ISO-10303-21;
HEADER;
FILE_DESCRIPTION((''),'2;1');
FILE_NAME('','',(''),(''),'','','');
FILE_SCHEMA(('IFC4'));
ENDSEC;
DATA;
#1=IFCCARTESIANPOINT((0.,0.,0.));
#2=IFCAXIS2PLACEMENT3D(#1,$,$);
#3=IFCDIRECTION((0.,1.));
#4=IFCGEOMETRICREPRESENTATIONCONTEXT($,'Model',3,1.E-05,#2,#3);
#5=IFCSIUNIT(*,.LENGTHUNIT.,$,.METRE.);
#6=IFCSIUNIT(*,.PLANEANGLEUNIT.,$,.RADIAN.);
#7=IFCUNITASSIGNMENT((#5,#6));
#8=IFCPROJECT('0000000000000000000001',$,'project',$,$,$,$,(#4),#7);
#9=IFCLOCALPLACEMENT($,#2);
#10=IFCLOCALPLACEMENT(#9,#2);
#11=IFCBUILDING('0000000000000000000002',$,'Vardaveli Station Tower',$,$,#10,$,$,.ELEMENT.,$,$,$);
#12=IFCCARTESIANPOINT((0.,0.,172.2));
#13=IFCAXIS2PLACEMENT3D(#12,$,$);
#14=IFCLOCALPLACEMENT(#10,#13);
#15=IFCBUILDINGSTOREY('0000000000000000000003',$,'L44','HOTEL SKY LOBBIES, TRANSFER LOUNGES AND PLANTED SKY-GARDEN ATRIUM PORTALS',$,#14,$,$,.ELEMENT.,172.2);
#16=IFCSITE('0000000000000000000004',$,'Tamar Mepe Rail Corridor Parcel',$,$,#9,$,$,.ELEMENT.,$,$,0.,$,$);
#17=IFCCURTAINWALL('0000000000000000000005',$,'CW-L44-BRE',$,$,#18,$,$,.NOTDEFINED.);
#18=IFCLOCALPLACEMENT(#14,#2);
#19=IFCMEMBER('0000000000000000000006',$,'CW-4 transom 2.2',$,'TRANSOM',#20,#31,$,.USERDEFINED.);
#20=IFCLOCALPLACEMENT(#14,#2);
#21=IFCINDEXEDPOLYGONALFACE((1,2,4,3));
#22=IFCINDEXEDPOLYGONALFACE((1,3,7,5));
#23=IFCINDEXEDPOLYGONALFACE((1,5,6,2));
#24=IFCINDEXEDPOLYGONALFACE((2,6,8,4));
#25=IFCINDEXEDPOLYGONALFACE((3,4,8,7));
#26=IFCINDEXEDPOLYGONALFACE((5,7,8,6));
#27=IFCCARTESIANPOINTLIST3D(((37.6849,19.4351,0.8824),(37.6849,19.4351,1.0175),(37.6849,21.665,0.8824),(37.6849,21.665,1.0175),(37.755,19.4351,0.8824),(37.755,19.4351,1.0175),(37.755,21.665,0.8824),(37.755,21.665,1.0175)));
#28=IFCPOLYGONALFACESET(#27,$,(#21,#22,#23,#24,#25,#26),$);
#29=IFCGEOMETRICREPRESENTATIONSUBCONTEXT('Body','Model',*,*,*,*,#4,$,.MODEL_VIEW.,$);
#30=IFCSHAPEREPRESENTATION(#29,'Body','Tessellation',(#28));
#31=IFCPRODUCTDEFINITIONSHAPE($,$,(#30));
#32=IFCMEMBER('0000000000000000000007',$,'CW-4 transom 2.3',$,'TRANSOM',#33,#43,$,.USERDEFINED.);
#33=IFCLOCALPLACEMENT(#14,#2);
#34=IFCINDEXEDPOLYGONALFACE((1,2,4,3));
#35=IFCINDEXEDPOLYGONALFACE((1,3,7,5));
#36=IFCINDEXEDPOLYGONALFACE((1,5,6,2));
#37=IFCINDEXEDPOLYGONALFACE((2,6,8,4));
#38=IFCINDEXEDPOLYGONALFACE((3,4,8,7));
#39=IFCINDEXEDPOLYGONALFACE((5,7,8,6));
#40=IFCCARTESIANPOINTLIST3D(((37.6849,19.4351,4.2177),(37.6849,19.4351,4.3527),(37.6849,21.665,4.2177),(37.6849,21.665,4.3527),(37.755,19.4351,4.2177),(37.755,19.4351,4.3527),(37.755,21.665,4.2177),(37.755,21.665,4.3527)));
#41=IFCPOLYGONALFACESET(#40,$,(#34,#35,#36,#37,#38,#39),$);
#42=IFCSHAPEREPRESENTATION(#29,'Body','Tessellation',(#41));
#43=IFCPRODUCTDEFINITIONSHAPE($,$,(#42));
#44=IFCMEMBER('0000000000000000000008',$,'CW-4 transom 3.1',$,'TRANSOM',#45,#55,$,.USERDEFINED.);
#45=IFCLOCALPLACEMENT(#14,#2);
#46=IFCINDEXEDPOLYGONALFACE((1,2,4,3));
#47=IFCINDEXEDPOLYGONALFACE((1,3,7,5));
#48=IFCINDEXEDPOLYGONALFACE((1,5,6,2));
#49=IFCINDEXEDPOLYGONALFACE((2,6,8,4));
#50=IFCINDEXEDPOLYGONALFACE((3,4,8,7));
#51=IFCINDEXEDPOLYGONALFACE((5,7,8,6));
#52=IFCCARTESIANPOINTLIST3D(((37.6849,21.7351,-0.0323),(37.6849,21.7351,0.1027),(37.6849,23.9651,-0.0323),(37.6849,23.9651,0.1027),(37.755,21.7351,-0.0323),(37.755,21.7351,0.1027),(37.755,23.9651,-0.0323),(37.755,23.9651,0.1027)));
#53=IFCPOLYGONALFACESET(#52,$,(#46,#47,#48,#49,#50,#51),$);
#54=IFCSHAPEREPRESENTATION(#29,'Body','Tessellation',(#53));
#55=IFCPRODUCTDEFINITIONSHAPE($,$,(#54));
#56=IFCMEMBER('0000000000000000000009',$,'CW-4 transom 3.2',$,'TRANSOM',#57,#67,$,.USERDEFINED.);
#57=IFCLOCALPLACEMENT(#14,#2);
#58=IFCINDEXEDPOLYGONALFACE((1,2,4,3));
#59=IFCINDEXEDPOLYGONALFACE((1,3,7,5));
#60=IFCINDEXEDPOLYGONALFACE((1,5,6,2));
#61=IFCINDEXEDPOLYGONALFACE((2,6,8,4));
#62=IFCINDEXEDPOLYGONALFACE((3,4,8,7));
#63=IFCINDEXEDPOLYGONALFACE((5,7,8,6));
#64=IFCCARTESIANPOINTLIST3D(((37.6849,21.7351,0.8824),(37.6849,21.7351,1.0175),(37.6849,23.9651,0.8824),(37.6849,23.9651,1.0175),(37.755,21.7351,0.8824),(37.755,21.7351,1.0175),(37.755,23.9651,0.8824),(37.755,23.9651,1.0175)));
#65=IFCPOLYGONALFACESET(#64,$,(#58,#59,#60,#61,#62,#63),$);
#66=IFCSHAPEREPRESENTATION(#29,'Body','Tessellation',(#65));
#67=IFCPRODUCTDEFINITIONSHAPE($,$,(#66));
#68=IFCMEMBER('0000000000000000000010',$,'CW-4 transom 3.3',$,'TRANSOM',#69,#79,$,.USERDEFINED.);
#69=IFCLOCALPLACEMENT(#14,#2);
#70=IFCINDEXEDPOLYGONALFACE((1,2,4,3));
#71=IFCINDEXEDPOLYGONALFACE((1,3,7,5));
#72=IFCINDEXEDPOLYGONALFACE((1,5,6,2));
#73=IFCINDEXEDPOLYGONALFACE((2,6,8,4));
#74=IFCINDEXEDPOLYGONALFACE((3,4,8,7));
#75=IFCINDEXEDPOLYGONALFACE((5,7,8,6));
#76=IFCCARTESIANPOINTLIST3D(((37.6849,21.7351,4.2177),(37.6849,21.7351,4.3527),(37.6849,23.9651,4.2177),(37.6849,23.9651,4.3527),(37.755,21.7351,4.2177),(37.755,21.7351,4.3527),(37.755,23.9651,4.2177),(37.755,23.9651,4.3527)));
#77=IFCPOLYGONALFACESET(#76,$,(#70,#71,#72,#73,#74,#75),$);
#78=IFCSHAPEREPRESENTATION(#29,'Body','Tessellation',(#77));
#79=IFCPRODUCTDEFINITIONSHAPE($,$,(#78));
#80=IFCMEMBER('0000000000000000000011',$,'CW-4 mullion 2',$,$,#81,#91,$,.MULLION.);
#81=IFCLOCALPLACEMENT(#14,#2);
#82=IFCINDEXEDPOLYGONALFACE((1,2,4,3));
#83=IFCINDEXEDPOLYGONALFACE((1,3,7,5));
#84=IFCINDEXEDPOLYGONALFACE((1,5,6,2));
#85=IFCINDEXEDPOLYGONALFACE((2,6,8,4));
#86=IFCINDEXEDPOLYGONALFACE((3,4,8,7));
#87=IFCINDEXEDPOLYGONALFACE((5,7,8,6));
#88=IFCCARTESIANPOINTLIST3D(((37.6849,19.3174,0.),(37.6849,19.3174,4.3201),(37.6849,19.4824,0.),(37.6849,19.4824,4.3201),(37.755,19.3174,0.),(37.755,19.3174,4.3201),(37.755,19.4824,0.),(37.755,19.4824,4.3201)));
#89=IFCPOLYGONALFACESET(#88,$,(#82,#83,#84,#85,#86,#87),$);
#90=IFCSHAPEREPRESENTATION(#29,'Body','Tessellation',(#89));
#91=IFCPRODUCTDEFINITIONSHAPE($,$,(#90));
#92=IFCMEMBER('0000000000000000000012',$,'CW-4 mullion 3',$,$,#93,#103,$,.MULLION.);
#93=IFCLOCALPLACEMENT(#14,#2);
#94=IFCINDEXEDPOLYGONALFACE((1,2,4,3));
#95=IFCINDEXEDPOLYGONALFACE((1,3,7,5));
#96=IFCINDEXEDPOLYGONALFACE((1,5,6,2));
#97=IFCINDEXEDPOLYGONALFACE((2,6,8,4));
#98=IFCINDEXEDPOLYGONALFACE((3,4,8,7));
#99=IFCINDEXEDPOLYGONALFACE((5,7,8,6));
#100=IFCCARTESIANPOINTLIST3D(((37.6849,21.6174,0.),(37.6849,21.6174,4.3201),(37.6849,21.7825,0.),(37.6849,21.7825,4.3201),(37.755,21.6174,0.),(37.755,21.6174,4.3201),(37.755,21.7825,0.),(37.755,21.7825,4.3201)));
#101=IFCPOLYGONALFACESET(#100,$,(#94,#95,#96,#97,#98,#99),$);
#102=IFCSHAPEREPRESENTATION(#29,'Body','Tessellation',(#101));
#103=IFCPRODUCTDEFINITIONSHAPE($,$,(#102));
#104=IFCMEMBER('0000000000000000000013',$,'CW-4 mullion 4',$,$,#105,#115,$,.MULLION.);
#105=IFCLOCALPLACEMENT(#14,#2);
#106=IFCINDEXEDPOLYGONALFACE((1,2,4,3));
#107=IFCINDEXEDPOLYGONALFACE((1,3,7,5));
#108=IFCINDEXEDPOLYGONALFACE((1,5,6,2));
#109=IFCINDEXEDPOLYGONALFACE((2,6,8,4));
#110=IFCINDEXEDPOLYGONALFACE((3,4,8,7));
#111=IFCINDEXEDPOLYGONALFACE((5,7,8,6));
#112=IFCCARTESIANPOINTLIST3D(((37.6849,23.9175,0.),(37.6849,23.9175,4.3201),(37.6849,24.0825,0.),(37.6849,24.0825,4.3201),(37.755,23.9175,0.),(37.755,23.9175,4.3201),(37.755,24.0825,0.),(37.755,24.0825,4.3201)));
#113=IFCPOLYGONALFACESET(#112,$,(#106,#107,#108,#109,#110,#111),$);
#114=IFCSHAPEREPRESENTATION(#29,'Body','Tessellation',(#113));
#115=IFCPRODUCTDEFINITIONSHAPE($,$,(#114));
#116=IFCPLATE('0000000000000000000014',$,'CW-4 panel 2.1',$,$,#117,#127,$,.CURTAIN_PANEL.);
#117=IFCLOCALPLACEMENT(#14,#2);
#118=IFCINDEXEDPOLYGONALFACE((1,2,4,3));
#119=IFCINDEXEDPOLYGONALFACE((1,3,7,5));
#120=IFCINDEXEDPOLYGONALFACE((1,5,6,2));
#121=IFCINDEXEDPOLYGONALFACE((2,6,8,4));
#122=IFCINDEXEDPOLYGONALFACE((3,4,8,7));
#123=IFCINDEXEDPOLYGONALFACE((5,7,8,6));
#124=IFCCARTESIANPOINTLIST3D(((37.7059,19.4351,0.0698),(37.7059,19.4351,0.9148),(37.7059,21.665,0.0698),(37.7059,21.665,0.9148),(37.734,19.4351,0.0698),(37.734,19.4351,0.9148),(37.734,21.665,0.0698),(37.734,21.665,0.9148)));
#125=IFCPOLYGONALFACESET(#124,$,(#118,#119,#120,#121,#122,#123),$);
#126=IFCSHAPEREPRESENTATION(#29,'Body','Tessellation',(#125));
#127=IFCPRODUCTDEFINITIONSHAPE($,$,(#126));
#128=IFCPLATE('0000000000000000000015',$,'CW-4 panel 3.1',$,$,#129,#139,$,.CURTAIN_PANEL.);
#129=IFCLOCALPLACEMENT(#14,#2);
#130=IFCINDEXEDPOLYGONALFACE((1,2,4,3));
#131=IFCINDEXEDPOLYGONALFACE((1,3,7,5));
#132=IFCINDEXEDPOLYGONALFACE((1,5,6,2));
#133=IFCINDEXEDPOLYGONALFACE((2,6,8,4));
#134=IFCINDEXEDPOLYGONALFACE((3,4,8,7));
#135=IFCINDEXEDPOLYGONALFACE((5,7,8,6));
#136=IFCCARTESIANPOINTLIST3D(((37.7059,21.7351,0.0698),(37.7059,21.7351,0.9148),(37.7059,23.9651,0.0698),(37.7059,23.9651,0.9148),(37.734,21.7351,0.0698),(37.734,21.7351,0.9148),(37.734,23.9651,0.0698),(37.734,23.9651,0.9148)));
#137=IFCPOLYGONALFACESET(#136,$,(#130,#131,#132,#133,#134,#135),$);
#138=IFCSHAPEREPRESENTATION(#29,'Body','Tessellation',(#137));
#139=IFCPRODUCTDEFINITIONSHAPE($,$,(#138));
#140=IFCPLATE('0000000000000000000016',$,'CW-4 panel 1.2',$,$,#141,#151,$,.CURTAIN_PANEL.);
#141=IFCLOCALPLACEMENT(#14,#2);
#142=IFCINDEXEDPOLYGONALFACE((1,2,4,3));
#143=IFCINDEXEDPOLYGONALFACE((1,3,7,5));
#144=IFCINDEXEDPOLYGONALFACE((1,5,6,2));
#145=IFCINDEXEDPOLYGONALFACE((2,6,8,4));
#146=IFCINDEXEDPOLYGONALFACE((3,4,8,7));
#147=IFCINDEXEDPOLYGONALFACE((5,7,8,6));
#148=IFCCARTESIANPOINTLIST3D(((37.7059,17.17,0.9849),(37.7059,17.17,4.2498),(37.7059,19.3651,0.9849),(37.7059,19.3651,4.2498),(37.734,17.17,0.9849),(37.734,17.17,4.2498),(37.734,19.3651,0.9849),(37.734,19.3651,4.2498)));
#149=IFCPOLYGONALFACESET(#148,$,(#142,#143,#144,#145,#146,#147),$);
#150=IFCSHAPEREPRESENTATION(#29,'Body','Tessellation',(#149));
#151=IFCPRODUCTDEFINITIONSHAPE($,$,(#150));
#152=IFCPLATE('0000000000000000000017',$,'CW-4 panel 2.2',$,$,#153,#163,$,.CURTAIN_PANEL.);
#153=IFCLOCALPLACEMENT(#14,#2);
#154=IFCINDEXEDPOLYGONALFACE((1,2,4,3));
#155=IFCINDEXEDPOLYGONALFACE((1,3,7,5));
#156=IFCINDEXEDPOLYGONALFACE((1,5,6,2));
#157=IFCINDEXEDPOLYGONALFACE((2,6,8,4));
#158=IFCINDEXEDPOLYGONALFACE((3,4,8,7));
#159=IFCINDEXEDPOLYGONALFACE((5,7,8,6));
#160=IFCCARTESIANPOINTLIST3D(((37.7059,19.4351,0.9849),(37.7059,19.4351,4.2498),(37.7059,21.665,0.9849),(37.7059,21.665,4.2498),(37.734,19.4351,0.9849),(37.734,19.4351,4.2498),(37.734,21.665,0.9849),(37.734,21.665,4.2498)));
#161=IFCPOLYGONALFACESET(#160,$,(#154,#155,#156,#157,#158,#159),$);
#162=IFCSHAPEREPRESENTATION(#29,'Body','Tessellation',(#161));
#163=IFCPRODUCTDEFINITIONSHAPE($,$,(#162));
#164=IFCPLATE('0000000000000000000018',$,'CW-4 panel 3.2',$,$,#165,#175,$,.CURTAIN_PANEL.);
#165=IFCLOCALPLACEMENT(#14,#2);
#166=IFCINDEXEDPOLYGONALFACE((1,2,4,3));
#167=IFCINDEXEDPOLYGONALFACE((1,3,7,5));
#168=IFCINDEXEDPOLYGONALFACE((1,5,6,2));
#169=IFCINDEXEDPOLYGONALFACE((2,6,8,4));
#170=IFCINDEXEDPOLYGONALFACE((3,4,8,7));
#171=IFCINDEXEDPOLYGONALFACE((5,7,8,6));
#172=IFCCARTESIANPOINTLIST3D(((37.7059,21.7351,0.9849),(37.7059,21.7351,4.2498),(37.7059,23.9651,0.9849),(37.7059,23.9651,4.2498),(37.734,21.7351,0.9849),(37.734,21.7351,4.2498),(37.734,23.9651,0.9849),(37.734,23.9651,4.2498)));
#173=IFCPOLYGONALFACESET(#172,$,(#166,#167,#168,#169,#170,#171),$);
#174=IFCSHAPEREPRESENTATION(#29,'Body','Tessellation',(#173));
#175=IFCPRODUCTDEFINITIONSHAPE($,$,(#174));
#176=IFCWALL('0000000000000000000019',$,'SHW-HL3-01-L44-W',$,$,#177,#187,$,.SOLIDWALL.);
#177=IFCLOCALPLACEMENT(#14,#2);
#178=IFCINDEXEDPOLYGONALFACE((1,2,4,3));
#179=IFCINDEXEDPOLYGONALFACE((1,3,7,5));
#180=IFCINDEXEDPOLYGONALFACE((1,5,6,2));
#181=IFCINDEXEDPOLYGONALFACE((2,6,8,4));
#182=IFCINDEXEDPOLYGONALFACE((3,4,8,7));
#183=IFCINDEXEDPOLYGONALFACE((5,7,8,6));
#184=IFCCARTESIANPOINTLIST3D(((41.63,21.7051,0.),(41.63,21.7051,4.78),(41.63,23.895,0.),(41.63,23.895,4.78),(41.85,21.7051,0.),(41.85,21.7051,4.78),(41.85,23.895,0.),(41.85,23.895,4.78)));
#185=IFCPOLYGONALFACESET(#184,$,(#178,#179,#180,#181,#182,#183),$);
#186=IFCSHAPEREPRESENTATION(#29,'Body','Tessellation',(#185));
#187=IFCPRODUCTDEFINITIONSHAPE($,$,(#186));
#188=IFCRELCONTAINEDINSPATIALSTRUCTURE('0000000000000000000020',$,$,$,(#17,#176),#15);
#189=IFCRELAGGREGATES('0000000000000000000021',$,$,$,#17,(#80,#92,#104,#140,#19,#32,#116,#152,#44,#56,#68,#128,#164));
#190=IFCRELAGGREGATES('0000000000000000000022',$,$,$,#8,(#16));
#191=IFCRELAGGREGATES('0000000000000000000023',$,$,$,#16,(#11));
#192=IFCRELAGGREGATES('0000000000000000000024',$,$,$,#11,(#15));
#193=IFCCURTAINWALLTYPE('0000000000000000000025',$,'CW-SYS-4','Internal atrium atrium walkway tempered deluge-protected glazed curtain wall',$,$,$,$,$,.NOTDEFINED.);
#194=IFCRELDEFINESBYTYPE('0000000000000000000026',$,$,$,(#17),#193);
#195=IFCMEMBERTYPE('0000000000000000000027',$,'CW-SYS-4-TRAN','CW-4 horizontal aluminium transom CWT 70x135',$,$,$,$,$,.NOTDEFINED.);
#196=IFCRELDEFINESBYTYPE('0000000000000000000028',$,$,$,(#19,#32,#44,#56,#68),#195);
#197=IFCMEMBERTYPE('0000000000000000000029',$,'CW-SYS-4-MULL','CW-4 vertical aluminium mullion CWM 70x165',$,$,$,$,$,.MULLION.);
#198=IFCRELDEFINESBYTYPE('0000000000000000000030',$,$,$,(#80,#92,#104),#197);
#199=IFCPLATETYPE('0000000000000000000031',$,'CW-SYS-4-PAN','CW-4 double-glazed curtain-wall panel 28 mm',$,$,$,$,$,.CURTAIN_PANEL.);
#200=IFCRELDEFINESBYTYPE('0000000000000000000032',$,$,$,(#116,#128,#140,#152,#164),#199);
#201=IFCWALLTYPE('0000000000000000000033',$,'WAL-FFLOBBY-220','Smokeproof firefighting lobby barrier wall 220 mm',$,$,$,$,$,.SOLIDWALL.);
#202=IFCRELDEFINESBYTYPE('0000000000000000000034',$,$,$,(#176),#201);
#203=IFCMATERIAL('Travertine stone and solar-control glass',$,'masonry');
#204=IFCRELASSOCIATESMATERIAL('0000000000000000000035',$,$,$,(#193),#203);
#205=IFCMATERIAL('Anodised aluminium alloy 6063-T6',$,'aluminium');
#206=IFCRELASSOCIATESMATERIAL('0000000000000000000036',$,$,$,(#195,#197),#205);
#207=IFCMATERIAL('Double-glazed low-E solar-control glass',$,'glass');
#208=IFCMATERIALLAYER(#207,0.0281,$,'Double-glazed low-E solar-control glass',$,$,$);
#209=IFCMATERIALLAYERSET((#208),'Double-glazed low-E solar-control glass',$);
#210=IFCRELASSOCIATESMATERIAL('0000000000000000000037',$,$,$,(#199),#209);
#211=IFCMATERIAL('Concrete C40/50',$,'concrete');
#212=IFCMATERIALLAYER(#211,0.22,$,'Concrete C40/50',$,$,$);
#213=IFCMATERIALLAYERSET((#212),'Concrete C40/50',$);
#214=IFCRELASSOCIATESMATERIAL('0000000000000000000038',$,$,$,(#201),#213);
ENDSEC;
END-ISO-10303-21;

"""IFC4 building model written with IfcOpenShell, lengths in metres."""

from ifc_helpers import new_model, si_unit, direction, frame, frame_2d, origin, origin_2d, place, context, subcontext, project, spatial, rectangle, extrude, source, transform, mapped, material, layer, layer_set, material_profile, profile_set, type_object, element, aggregate, save


model = new_model("IFC4")

# Units and contexts
model_context = context("Model", 3, precision=1e-05, world=origin(), true_north=direction((0.0, 1.0)))
body_context = subcontext(model_context, "Body", "Model", "MODEL_VIEW")
ifc_project = project(units=[si_unit("LENGTHUNIT", "METRE"), si_unit("PLANEANGLEUNIT", "RADIAN")], contexts=[model_context])

# Site, building, storey
site_placement = place(None, origin())
site = spatial("IfcSite", under=ifc_project, at=site_placement, Name="Tamar Mepe Rail Corridor Parcel", CompositionType="ELEMENT", RefElevation=0.0)
building_placement = place(site_placement, origin())
building = spatial("IfcBuilding", under=site, at=building_placement, Name="Vardaveli Station Tower", CompositionType="ELEMENT")
storey_placement = place(building_placement, frame((0.0, 0.0, 172.2)))
storey = spatial("IfcBuildingStorey", under=building, at=storey_placement, Name="L44", Description="HOTEL SKY LOBBIES, TRANSFER LOUNGES AND PLANTED SKY-GARDEN ATRIUM PORTALS", CompositionType="ELEMENT", Elevation=172.2)

# Curtain wall, members, plates
ifc_material_1 = material(Name="Travertine stone and solar-control glass", Category="masonry")
curtain_wall_type = type_object("IfcCurtainWallType", Name="CW-SYS-4", Description="Internal atrium atrium walkway tempered deluge-protected glazed curtain wall", PredefinedType="NOTDEFINED", material=ifc_material_1)
curtain_wall_placement = place(storey_placement, origin())
curtain_wall = element("IfcCurtainWall", 1, at=curtain_wall_placement, inside=storey, type_object=curtain_wall_type, Name="CW-L44-BRE", PredefinedType="NOTDEFINED")
ifc_material_2 = material(Name="Anodised aluminium alloy 6063-T6", Category="aluminium")
ifc_material_profile_1 = material_profile(ifc_material_2, rectangle(XDim=0.0701, YDim=0.135, at=origin_2d()), Name="CWT 70x135")
ifc_profile_set_1 = profile_set([ifc_material_profile_1], Name="Anodised aluminium alloy 6063-T6")
member_type_1 = type_object("IfcMemberType", Name="CW-SYS-4-TRAN", Description="CW-4 horizontal aluminium transom CWT 70x135", PredefinedType="NOTDEFINED", material=ifc_profile_set_1)
shared_shape_1 = source(origin(), body_context, "Body", "SweptSolid", [
    extrude(rectangle(XDim=0.0701, YDim=0.135, at=origin_2d()), origin(), (0.0, 0.0, 1.0), 2.23),
])
member_1_placement = place(storey_placement, frame((37.72, 19.4351, 0.95), z_axis=(0.0, 1.0, 0.0), x_axis=(-1.0, 0.0, 0.0)))
member_1 = element("IfcMember", 2, at=member_1_placement, type_object=member_type_1, Name="CW-4 transom 2.2", ObjectType="TRANSOM", PredefinedType="USERDEFINED", context=body_context, shape_type="MappedRepresentation", body=[
    mapped(shared_shape_1, transform((0.0, 0.0, 0.0), scale=1.0)),
])
member_2_placement = place(storey_placement, frame((37.72, 19.4351, 4.2852), z_axis=(0.0, 1.0, 0.0), x_axis=(-1.0, 0.0, 0.0)))
member_2 = element("IfcMember", 3, at=member_2_placement, type_object=member_type_1, Name="CW-4 transom 2.3", ObjectType="TRANSOM", PredefinedType="USERDEFINED", context=body_context, shape_type="MappedRepresentation", body=[
    mapped(shared_shape_1, transform((0.0, 0.0, 0.0), scale=1.0)),
])
member_3_placement = place(storey_placement, frame((37.72, 21.7351, 0.0352), z_axis=(0.0, 1.0, 0.0), x_axis=(-1.0, 0.0, 0.0)))
member_3 = element("IfcMember", 4, at=member_3_placement, type_object=member_type_1, Name="CW-4 transom 3.1", ObjectType="TRANSOM", PredefinedType="USERDEFINED", context=body_context, shape_type="MappedRepresentation", body=[
    mapped(shared_shape_1, transform((0.0, 0.0, 0.0), scale=1.0)),
])
member_4_placement = place(storey_placement, frame((37.72, 21.7351, 0.95), z_axis=(0.0, 1.0, 0.0), x_axis=(-1.0, 0.0, 0.0)))
member_4 = element("IfcMember", 5, at=member_4_placement, type_object=member_type_1, Name="CW-4 transom 3.2", ObjectType="TRANSOM", PredefinedType="USERDEFINED", context=body_context, shape_type="MappedRepresentation", body=[
    mapped(shared_shape_1, transform((0.0, 0.0, 0.0), scale=1.0)),
])
member_5_placement = place(storey_placement, frame((37.72, 21.7351, 4.2852), z_axis=(0.0, 1.0, 0.0), x_axis=(-1.0, 0.0, 0.0)))
member_5 = element("IfcMember", 6, at=member_5_placement, type_object=member_type_1, Name="CW-4 transom 3.3", ObjectType="TRANSOM", PredefinedType="USERDEFINED", context=body_context, shape_type="MappedRepresentation", body=[
    mapped(shared_shape_1, transform((0.0, 0.0, 0.0), scale=1.0)),
])
ifc_material_profile_2 = material_profile(ifc_material_2, rectangle(XDim=0.0701, YDim=0.165, at=origin_2d()), Name="CWM 70x165")
ifc_profile_set_2 = profile_set([ifc_material_profile_2], Name="Anodised aluminium alloy 6063-T6")
member_type_2 = type_object("IfcMemberType", Name="CW-SYS-4-MULL", Description="CW-4 vertical aluminium mullion CWM 70x165", PredefinedType="MULLION", material=ifc_profile_set_2)
shared_shape_2 = source(origin(), body_context, "Body", "SweptSolid", [
    extrude(rectangle(XDim=0.0701, YDim=0.165, at=origin_2d()), origin(), (0.0, 0.0, 1.0), 4.3201),
])
member_6_placement = place(storey_placement, frame((37.72, 19.3999, 0.0), z_axis=(0.0, 0.0, 1.0), x_axis=(-1.0, 0.0, 0.0)))
member_6 = element("IfcMember", 7, at=member_6_placement, type_object=member_type_2, Name="CW-4 mullion 2", PredefinedType="MULLION", context=body_context, shape_type="MappedRepresentation", body=[
    mapped(shared_shape_2, transform((0.0, 0.0, 0.0), scale=1.0)),
])
member_7_placement = place(storey_placement, frame((37.72, 21.7, 0.0), z_axis=(0.0, 0.0, 1.0), x_axis=(-1.0, 0.0, 0.0)))
member_7 = element("IfcMember", 8, at=member_7_placement, type_object=member_type_2, Name="CW-4 mullion 3", PredefinedType="MULLION", context=body_context, shape_type="MappedRepresentation", body=[
    mapped(shared_shape_2, transform((0.0, 0.0, 0.0), scale=1.0)),
])
member_8_placement = place(storey_placement, frame((37.72, 24.0, 0.0), z_axis=(0.0, 0.0, 1.0), x_axis=(-1.0, 0.0, 0.0)))
member_8 = element("IfcMember", 9, at=member_8_placement, type_object=member_type_2, Name="CW-4 mullion 4", PredefinedType="MULLION", context=body_context, shape_type="MappedRepresentation", body=[
    mapped(shared_shape_2, transform((0.0, 0.0, 0.0), scale=1.0)),
])
ifc_material_3 = material(Name="Double-glazed low-E solar-control glass", Category="glass")
ifc_layer_1 = layer(ifc_material_3, 0.0281, Name="Double-glazed low-E solar-control glass")
ifc_layer_set_1 = layer_set([ifc_layer_1], Name="Double-glazed low-E solar-control glass")
plate_type = type_object("IfcPlateType", Name="CW-SYS-4-PAN", Description="CW-4 double-glazed curtain-wall panel 28 mm", PredefinedType="CURTAIN_PANEL", material=ifc_layer_set_1)
shared_shape_3 = source(origin(), body_context, "Body", "SweptSolid", [
    extrude(rectangle(XDim=2.23, YDim=0.0281, at=origin_2d()), origin(), (0.0, 0.0, 1.0), 0.845),
])
plate_1_placement = place(storey_placement, frame((37.72, 20.55, 0.0698), z_axis=(0.0, 0.0, 1.0), x_axis=(0.0, 1.0, 0.0)))
plate_1 = element("IfcPlate", 10, at=plate_1_placement, type_object=plate_type, Name="CW-4 panel 2.1", PredefinedType="CURTAIN_PANEL", context=body_context, shape_type="MappedRepresentation", body=[
    mapped(shared_shape_3, transform((0.0, 0.0, 0.0), scale=1.0)),
])
plate_2_placement = place(storey_placement, frame((37.72, 22.8501, 0.0698), z_axis=(0.0, 0.0, 1.0), x_axis=(0.0, 1.0, 0.0)))
plate_2 = element("IfcPlate", 11, at=plate_2_placement, type_object=plate_type, Name="CW-4 panel 3.1", PredefinedType="CURTAIN_PANEL", context=body_context, shape_type="MappedRepresentation", body=[
    mapped(shared_shape_3, transform((0.0, 0.0, 0.0), scale=1.0)),
])
shared_shape_4 = source(origin(), body_context, "Body", "SweptSolid", [
    extrude(rectangle(XDim=2.1951, YDim=0.0281, at=origin_2d()), origin(), (0.0, 0.0, 1.0), 3.2649),
])
plate_3_placement = place(storey_placement, frame((37.72, 18.2676, 0.9849), z_axis=(0.0, 0.0, 1.0), x_axis=(0.0, 1.0, 0.0)))
plate_3 = element("IfcPlate", 12, at=plate_3_placement, type_object=plate_type, Name="CW-4 panel 1.2", PredefinedType="CURTAIN_PANEL", context=body_context, shape_type="MappedRepresentation", body=[
    mapped(shared_shape_4, transform((0.0, 0.0, 0.0), scale=1.0)),
])
shared_shape_5 = source(origin(), body_context, "Body", "SweptSolid", [
    extrude(rectangle(XDim=2.23, YDim=0.0281, at=origin_2d()), origin(), (0.0, 0.0, 1.0), 3.2649),
])
plate_4_placement = place(storey_placement, frame((37.72, 20.55, 0.9849), z_axis=(0.0, 0.0, 1.0), x_axis=(0.0, 1.0, 0.0)))
plate_4 = element("IfcPlate", 13, at=plate_4_placement, type_object=plate_type, Name="CW-4 panel 2.2", PredefinedType="CURTAIN_PANEL", context=body_context, shape_type="MappedRepresentation", body=[
    mapped(shared_shape_5, transform((0.0, 0.0, 0.0), scale=1.0)),
])
plate_5_placement = place(storey_placement, frame((37.72, 22.8501, 0.9849), z_axis=(0.0, 0.0, 1.0), x_axis=(0.0, 1.0, 0.0)))
plate_5 = element("IfcPlate", 14, at=plate_5_placement, type_object=plate_type, Name="CW-4 panel 3.2", PredefinedType="CURTAIN_PANEL", context=body_context, shape_type="MappedRepresentation", body=[
    mapped(shared_shape_5, transform((0.0, 0.0, 0.0), scale=1.0)),
])
aggregate(curtain_wall, [member_6, member_7, member_8, plate_3, member_1, member_2, plate_1, plate_4, member_3, member_4, member_5, plate_2, plate_5])

# Wall
ifc_material_4 = material(Name="Concrete C40/50", Category="concrete")
ifc_layer_2 = layer(ifc_material_4, 0.22, Name="Concrete C40/50")
ifc_layer_set_2 = layer_set([ifc_layer_2], Name="Concrete C40/50")
wall_type_1 = type_object("IfcWallType", Name="WAL-FFLOBBY-220", Description="Smokeproof firefighting lobby barrier wall 220 mm", PredefinedType="SOLIDWALL", material=ifc_layer_set_2)
shared_shape_6 = source(origin(), body_context, "Body", "SweptSolid", [
    extrude(rectangle(XDim=2.1899, YDim=0.22, at=frame_2d((1.095, 0.0))), origin(), (0.0, 0.0, 1.0), 4.78),
])
for number, where, z_axis, x_axis, name in (
    (15, (41.74, 21.7051, 0.0), (0.0, 0.0, 1.0), (0.0, 1.0, 0.0), "SHW-HL3-01-L44-W"),
):
    element("IfcWall", number, at=place(storey_placement, frame(where, z_axis=z_axis, x_axis=x_axis)), inside=storey, type_object=wall_type_1, Name=name, PredefinedType="SOLIDWALL", context=body_context, shape_type="MappedRepresentation", body=[
        mapped(shared_shape_6, transform((0.0, 0.0, 0.0), scale=1.0)),
    ])

save(model, "model.ifc")
